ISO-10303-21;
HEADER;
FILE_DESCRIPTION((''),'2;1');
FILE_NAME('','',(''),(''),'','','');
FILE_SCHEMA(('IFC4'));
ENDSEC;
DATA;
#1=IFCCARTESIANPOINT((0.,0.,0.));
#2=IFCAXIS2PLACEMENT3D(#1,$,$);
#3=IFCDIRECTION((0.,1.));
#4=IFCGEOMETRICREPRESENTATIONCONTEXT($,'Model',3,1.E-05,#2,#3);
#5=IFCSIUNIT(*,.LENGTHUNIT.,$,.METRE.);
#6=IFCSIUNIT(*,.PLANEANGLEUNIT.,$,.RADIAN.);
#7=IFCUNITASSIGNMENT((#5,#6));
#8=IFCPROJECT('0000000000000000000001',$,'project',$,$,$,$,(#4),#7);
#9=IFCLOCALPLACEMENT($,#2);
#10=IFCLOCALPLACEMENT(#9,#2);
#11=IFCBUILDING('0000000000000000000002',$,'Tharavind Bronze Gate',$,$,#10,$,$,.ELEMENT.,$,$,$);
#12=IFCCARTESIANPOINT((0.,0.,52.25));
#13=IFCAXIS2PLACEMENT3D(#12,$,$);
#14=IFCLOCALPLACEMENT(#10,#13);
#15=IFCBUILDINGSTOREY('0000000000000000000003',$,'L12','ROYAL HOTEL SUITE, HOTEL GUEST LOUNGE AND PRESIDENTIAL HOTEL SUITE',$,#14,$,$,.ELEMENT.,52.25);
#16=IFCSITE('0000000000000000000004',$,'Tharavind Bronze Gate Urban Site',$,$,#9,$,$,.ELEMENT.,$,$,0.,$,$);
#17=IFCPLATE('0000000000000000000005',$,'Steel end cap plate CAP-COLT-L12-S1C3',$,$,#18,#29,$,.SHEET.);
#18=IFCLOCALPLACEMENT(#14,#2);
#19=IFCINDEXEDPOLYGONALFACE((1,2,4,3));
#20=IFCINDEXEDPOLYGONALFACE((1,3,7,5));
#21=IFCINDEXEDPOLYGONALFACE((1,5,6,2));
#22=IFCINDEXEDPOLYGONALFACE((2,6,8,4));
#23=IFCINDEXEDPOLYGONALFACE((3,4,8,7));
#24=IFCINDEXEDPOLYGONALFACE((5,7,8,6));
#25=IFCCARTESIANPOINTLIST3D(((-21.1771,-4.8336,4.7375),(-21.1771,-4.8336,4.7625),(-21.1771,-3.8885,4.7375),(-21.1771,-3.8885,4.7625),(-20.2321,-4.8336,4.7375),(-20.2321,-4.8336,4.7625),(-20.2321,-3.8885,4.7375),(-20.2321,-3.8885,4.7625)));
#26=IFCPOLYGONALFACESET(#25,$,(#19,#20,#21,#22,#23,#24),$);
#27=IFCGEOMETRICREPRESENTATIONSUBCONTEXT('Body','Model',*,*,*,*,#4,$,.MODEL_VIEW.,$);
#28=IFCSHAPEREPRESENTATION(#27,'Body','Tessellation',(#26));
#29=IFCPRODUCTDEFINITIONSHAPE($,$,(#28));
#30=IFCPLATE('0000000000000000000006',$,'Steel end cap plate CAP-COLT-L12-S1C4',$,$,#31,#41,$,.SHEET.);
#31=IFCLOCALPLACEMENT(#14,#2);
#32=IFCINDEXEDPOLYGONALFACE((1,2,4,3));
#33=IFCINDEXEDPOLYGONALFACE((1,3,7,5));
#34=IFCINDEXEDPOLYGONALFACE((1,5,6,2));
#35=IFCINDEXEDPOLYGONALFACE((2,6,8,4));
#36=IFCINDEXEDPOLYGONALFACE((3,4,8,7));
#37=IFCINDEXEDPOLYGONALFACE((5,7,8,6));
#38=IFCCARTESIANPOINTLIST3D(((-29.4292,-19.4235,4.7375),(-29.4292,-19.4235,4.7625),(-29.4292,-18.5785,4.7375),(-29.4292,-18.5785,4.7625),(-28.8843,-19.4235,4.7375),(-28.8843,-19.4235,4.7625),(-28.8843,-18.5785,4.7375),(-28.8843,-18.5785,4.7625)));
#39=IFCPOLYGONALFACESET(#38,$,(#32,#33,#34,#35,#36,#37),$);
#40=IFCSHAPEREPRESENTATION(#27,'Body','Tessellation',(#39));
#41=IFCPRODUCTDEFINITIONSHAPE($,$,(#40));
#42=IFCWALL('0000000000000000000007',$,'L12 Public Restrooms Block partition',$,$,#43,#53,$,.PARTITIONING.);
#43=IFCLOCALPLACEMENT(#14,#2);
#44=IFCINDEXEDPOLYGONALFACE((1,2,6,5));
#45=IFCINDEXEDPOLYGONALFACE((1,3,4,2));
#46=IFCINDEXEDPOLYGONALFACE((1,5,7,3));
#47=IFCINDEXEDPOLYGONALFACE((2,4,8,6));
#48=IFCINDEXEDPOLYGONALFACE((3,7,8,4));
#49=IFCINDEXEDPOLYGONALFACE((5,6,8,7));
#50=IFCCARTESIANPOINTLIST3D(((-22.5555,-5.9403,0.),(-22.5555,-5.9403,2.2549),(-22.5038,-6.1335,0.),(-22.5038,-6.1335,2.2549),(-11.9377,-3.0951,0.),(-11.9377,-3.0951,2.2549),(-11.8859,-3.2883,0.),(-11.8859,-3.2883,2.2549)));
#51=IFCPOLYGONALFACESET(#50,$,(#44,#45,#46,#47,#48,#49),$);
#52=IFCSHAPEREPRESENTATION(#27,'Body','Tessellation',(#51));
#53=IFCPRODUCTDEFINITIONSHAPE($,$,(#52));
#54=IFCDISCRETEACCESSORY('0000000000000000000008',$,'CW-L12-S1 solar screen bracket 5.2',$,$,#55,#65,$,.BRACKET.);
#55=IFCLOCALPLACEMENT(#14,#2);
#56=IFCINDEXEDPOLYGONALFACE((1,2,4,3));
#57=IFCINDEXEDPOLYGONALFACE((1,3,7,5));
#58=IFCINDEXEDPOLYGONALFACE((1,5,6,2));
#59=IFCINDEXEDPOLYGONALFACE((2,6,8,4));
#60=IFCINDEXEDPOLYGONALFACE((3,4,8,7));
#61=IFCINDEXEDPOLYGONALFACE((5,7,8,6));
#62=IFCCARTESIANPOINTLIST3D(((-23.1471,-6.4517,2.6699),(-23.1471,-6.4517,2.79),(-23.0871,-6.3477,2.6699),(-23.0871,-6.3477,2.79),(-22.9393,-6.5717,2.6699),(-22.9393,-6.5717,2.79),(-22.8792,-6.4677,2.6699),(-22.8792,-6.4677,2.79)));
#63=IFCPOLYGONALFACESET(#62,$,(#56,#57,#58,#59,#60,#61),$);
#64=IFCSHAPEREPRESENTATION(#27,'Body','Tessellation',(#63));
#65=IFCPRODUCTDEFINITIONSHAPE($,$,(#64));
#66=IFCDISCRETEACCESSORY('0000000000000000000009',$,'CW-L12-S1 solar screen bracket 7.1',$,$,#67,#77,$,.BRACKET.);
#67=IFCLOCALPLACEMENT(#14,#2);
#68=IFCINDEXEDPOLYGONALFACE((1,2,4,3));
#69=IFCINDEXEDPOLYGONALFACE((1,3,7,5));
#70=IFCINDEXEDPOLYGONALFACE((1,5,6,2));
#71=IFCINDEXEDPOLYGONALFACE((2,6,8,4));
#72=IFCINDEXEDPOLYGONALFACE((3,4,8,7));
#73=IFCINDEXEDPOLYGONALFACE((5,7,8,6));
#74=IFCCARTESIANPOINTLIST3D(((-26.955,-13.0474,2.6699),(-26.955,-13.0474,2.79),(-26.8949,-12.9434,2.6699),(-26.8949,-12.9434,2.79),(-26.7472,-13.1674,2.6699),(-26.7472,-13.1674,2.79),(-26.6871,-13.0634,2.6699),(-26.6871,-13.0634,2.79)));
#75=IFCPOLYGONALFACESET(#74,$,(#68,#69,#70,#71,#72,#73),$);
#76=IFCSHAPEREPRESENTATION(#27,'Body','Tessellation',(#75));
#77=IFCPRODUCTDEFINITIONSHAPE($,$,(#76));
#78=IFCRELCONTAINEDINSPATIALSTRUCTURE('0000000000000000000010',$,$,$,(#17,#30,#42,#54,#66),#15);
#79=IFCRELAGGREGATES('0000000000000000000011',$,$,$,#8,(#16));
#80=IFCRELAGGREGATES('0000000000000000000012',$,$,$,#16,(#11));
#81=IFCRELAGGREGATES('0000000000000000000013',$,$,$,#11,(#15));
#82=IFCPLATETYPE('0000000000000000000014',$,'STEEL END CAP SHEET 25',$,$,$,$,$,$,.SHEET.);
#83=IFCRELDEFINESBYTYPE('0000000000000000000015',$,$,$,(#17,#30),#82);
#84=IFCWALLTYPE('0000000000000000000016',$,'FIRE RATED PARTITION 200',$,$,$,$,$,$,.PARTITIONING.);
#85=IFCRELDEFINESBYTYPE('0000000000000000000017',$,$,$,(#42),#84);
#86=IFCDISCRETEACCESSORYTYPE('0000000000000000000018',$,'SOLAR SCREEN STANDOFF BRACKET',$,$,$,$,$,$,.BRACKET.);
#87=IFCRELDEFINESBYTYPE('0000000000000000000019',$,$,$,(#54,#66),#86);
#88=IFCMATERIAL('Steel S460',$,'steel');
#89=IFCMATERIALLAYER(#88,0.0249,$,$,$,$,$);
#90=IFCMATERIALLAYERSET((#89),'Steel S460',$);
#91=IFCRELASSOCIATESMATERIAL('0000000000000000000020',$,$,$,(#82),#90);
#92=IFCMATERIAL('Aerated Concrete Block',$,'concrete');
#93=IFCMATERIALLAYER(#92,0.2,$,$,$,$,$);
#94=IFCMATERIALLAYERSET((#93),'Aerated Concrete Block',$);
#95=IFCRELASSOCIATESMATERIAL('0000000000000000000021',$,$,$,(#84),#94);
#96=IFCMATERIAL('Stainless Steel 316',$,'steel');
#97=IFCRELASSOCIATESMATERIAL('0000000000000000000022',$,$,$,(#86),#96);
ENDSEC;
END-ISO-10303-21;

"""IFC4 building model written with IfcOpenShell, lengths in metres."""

from ifc_helpers import new_model, si_unit, direction, frame, frame_2d, origin, origin_2d, place, context, subcontext, project, spatial, rectangle, extrude, material, layer, layer_set, type_object, element, save


model = new_model("IFC4")

# Units and contexts
model_context = context("Model", 3, precision=1e-05, world=origin(), true_north=direction((0.0, 1.0)))
body_context = subcontext(model_context, "Body", "Model", "MODEL_VIEW")
ifc_project = project(units=[si_unit("LENGTHUNIT", "METRE"), si_unit("PLANEANGLEUNIT", "RADIAN")], contexts=[model_context])

# Site, building, storey
site_placement = place(None, origin())
site = spatial("IfcSite", under=ifc_project, at=site_placement, Name="Tharavind Bronze Gate Urban Site", CompositionType="ELEMENT", RefElevation=0.0)
building_placement = place(site_placement, origin())
building = spatial("IfcBuilding", under=site, at=building_placement, Name="Tharavind Bronze Gate", CompositionType="ELEMENT")
storey_placement = place(building_placement, frame((0.0, 0.0, 52.25)))
storey = spatial("IfcBuildingStorey", under=building, at=storey_placement, Name="L12", Description="ROYAL HOTEL SUITE, HOTEL GUEST LOUNGE AND PRESIDENTIAL HOTEL SUITE", CompositionType="ELEMENT", Elevation=52.25)

# Shared definitions
ifc_material_1 = material(Name="Steel S460", Category="steel")

# Plates
ifc_layer_1 = layer(ifc_material_1, 0.0249)
ifc_layer_set_1 = layer_set([ifc_layer_1], Name="Steel S460")
plate_type_1 = type_object("IfcPlateType", Name="STEEL END CAP SHEET 25", PredefinedType="SHEET", material=ifc_layer_set_1)
plate_1_placement = place(storey_placement, frame((-20.7046, -4.3611, 4.7375), z_axis=(0.0, 0.0, 1.0), x_axis=(1.0, 0.0, 0.0)))
element("IfcPlate", 1, at=plate_1_placement, inside=storey, type_object=plate_type_1, Name="Steel end cap plate CAP-COLT-L12-S1C3", PredefinedType="SHEET", context=body_context, shape_type="SweptSolid", body=[
    extrude(rectangle(XDim=0.9451, YDim=0.9451, at=origin_2d()), origin(), (0.0, 0.0, 1.0), 0.0249),
])
plate_2_placement = place(storey_placement, frame((-29.1567, -19.001, 4.7375), z_axis=(0.0, 0.0, 1.0), x_axis=(1.0, 0.0, 0.0)))
element("IfcPlate", 2, at=plate_2_placement, inside=storey, type_object=plate_type_1, Name="Steel end cap plate CAP-COLT-L12-S1C4", PredefinedType="SHEET", context=body_context, shape_type="SweptSolid", body=[
    extrude(rectangle(XDim=0.5449, YDim=0.845, at=origin_2d()), origin(), (0.0, 0.0, 1.0), 0.0249),
])

# Wall
ifc_material_2 = material(Name="Aerated Concrete Block", Category="concrete")
ifc_layer_2 = layer(ifc_material_2, 0.2)
ifc_layer_set_2 = layer_set([ifc_layer_2], Name="Aerated Concrete Block")
wall_type = type_object("IfcWallType", Name="FIRE RATED PARTITION 200", PredefinedType="PARTITIONING", material=ifc_layer_set_2)
wall_placement = place(storey_placement, frame((-22.5295, -6.0369, 0.0), z_axis=(0.0, 0.0, 1.0), x_axis=(0.965922, 0.258832, 0.0)))
element("IfcWall", 3, at=wall_placement, inside=storey, type_object=wall_type, Name="L12 Public Restrooms Block partition", PredefinedType="PARTITIONING", context=body_context, shape_type="SweptSolid", body=[
    extrude(rectangle(XDim=10.9924, YDim=0.2, at=frame_2d((5.4961, 0.0))), origin(), (0.0, 0.0, 1.0), 2.2549),
])

# Discrete accessories
ifc_material_3 = material(Name="Stainless Steel 316", Category="steel")
discrete_accessory_type = type_object("IfcDiscreteAccessoryType", Name="SOLAR SCREEN STANDOFF BRACKET", PredefinedType="BRACKET", material=ifc_material_3)
for number, where, z_axis, x_axis, name in (
    (4, (-23.0132, -6.4597, 2.6699), (0.0, 0.0, 1.0), (-0.500002, -0.866025, 0.0), "CW-L12-S1 solar screen bracket 5.2"),
    (5, (-26.821, -13.0554, 2.6699), (0.0, 0.0, 1.0), (-0.500002, -0.866025, 0.0), "CW-L12-S1 solar screen bracket 7.1"),
):
    element("IfcDiscreteAccessory", number, at=place(storey_placement, frame(where, z_axis=z_axis, x_axis=x_axis)), inside=storey, type_object=discrete_accessory_type, Name=name, PredefinedType="BRACKET", context=body_context, shape_type="SweptSolid", body=[
        extrude(rectangle(XDim=0.1201, YDim=0.24, at=origin_2d()), origin(), (0.0, 0.0, 1.0), 0.1201),
    ])

save(model, "model.ifc")
